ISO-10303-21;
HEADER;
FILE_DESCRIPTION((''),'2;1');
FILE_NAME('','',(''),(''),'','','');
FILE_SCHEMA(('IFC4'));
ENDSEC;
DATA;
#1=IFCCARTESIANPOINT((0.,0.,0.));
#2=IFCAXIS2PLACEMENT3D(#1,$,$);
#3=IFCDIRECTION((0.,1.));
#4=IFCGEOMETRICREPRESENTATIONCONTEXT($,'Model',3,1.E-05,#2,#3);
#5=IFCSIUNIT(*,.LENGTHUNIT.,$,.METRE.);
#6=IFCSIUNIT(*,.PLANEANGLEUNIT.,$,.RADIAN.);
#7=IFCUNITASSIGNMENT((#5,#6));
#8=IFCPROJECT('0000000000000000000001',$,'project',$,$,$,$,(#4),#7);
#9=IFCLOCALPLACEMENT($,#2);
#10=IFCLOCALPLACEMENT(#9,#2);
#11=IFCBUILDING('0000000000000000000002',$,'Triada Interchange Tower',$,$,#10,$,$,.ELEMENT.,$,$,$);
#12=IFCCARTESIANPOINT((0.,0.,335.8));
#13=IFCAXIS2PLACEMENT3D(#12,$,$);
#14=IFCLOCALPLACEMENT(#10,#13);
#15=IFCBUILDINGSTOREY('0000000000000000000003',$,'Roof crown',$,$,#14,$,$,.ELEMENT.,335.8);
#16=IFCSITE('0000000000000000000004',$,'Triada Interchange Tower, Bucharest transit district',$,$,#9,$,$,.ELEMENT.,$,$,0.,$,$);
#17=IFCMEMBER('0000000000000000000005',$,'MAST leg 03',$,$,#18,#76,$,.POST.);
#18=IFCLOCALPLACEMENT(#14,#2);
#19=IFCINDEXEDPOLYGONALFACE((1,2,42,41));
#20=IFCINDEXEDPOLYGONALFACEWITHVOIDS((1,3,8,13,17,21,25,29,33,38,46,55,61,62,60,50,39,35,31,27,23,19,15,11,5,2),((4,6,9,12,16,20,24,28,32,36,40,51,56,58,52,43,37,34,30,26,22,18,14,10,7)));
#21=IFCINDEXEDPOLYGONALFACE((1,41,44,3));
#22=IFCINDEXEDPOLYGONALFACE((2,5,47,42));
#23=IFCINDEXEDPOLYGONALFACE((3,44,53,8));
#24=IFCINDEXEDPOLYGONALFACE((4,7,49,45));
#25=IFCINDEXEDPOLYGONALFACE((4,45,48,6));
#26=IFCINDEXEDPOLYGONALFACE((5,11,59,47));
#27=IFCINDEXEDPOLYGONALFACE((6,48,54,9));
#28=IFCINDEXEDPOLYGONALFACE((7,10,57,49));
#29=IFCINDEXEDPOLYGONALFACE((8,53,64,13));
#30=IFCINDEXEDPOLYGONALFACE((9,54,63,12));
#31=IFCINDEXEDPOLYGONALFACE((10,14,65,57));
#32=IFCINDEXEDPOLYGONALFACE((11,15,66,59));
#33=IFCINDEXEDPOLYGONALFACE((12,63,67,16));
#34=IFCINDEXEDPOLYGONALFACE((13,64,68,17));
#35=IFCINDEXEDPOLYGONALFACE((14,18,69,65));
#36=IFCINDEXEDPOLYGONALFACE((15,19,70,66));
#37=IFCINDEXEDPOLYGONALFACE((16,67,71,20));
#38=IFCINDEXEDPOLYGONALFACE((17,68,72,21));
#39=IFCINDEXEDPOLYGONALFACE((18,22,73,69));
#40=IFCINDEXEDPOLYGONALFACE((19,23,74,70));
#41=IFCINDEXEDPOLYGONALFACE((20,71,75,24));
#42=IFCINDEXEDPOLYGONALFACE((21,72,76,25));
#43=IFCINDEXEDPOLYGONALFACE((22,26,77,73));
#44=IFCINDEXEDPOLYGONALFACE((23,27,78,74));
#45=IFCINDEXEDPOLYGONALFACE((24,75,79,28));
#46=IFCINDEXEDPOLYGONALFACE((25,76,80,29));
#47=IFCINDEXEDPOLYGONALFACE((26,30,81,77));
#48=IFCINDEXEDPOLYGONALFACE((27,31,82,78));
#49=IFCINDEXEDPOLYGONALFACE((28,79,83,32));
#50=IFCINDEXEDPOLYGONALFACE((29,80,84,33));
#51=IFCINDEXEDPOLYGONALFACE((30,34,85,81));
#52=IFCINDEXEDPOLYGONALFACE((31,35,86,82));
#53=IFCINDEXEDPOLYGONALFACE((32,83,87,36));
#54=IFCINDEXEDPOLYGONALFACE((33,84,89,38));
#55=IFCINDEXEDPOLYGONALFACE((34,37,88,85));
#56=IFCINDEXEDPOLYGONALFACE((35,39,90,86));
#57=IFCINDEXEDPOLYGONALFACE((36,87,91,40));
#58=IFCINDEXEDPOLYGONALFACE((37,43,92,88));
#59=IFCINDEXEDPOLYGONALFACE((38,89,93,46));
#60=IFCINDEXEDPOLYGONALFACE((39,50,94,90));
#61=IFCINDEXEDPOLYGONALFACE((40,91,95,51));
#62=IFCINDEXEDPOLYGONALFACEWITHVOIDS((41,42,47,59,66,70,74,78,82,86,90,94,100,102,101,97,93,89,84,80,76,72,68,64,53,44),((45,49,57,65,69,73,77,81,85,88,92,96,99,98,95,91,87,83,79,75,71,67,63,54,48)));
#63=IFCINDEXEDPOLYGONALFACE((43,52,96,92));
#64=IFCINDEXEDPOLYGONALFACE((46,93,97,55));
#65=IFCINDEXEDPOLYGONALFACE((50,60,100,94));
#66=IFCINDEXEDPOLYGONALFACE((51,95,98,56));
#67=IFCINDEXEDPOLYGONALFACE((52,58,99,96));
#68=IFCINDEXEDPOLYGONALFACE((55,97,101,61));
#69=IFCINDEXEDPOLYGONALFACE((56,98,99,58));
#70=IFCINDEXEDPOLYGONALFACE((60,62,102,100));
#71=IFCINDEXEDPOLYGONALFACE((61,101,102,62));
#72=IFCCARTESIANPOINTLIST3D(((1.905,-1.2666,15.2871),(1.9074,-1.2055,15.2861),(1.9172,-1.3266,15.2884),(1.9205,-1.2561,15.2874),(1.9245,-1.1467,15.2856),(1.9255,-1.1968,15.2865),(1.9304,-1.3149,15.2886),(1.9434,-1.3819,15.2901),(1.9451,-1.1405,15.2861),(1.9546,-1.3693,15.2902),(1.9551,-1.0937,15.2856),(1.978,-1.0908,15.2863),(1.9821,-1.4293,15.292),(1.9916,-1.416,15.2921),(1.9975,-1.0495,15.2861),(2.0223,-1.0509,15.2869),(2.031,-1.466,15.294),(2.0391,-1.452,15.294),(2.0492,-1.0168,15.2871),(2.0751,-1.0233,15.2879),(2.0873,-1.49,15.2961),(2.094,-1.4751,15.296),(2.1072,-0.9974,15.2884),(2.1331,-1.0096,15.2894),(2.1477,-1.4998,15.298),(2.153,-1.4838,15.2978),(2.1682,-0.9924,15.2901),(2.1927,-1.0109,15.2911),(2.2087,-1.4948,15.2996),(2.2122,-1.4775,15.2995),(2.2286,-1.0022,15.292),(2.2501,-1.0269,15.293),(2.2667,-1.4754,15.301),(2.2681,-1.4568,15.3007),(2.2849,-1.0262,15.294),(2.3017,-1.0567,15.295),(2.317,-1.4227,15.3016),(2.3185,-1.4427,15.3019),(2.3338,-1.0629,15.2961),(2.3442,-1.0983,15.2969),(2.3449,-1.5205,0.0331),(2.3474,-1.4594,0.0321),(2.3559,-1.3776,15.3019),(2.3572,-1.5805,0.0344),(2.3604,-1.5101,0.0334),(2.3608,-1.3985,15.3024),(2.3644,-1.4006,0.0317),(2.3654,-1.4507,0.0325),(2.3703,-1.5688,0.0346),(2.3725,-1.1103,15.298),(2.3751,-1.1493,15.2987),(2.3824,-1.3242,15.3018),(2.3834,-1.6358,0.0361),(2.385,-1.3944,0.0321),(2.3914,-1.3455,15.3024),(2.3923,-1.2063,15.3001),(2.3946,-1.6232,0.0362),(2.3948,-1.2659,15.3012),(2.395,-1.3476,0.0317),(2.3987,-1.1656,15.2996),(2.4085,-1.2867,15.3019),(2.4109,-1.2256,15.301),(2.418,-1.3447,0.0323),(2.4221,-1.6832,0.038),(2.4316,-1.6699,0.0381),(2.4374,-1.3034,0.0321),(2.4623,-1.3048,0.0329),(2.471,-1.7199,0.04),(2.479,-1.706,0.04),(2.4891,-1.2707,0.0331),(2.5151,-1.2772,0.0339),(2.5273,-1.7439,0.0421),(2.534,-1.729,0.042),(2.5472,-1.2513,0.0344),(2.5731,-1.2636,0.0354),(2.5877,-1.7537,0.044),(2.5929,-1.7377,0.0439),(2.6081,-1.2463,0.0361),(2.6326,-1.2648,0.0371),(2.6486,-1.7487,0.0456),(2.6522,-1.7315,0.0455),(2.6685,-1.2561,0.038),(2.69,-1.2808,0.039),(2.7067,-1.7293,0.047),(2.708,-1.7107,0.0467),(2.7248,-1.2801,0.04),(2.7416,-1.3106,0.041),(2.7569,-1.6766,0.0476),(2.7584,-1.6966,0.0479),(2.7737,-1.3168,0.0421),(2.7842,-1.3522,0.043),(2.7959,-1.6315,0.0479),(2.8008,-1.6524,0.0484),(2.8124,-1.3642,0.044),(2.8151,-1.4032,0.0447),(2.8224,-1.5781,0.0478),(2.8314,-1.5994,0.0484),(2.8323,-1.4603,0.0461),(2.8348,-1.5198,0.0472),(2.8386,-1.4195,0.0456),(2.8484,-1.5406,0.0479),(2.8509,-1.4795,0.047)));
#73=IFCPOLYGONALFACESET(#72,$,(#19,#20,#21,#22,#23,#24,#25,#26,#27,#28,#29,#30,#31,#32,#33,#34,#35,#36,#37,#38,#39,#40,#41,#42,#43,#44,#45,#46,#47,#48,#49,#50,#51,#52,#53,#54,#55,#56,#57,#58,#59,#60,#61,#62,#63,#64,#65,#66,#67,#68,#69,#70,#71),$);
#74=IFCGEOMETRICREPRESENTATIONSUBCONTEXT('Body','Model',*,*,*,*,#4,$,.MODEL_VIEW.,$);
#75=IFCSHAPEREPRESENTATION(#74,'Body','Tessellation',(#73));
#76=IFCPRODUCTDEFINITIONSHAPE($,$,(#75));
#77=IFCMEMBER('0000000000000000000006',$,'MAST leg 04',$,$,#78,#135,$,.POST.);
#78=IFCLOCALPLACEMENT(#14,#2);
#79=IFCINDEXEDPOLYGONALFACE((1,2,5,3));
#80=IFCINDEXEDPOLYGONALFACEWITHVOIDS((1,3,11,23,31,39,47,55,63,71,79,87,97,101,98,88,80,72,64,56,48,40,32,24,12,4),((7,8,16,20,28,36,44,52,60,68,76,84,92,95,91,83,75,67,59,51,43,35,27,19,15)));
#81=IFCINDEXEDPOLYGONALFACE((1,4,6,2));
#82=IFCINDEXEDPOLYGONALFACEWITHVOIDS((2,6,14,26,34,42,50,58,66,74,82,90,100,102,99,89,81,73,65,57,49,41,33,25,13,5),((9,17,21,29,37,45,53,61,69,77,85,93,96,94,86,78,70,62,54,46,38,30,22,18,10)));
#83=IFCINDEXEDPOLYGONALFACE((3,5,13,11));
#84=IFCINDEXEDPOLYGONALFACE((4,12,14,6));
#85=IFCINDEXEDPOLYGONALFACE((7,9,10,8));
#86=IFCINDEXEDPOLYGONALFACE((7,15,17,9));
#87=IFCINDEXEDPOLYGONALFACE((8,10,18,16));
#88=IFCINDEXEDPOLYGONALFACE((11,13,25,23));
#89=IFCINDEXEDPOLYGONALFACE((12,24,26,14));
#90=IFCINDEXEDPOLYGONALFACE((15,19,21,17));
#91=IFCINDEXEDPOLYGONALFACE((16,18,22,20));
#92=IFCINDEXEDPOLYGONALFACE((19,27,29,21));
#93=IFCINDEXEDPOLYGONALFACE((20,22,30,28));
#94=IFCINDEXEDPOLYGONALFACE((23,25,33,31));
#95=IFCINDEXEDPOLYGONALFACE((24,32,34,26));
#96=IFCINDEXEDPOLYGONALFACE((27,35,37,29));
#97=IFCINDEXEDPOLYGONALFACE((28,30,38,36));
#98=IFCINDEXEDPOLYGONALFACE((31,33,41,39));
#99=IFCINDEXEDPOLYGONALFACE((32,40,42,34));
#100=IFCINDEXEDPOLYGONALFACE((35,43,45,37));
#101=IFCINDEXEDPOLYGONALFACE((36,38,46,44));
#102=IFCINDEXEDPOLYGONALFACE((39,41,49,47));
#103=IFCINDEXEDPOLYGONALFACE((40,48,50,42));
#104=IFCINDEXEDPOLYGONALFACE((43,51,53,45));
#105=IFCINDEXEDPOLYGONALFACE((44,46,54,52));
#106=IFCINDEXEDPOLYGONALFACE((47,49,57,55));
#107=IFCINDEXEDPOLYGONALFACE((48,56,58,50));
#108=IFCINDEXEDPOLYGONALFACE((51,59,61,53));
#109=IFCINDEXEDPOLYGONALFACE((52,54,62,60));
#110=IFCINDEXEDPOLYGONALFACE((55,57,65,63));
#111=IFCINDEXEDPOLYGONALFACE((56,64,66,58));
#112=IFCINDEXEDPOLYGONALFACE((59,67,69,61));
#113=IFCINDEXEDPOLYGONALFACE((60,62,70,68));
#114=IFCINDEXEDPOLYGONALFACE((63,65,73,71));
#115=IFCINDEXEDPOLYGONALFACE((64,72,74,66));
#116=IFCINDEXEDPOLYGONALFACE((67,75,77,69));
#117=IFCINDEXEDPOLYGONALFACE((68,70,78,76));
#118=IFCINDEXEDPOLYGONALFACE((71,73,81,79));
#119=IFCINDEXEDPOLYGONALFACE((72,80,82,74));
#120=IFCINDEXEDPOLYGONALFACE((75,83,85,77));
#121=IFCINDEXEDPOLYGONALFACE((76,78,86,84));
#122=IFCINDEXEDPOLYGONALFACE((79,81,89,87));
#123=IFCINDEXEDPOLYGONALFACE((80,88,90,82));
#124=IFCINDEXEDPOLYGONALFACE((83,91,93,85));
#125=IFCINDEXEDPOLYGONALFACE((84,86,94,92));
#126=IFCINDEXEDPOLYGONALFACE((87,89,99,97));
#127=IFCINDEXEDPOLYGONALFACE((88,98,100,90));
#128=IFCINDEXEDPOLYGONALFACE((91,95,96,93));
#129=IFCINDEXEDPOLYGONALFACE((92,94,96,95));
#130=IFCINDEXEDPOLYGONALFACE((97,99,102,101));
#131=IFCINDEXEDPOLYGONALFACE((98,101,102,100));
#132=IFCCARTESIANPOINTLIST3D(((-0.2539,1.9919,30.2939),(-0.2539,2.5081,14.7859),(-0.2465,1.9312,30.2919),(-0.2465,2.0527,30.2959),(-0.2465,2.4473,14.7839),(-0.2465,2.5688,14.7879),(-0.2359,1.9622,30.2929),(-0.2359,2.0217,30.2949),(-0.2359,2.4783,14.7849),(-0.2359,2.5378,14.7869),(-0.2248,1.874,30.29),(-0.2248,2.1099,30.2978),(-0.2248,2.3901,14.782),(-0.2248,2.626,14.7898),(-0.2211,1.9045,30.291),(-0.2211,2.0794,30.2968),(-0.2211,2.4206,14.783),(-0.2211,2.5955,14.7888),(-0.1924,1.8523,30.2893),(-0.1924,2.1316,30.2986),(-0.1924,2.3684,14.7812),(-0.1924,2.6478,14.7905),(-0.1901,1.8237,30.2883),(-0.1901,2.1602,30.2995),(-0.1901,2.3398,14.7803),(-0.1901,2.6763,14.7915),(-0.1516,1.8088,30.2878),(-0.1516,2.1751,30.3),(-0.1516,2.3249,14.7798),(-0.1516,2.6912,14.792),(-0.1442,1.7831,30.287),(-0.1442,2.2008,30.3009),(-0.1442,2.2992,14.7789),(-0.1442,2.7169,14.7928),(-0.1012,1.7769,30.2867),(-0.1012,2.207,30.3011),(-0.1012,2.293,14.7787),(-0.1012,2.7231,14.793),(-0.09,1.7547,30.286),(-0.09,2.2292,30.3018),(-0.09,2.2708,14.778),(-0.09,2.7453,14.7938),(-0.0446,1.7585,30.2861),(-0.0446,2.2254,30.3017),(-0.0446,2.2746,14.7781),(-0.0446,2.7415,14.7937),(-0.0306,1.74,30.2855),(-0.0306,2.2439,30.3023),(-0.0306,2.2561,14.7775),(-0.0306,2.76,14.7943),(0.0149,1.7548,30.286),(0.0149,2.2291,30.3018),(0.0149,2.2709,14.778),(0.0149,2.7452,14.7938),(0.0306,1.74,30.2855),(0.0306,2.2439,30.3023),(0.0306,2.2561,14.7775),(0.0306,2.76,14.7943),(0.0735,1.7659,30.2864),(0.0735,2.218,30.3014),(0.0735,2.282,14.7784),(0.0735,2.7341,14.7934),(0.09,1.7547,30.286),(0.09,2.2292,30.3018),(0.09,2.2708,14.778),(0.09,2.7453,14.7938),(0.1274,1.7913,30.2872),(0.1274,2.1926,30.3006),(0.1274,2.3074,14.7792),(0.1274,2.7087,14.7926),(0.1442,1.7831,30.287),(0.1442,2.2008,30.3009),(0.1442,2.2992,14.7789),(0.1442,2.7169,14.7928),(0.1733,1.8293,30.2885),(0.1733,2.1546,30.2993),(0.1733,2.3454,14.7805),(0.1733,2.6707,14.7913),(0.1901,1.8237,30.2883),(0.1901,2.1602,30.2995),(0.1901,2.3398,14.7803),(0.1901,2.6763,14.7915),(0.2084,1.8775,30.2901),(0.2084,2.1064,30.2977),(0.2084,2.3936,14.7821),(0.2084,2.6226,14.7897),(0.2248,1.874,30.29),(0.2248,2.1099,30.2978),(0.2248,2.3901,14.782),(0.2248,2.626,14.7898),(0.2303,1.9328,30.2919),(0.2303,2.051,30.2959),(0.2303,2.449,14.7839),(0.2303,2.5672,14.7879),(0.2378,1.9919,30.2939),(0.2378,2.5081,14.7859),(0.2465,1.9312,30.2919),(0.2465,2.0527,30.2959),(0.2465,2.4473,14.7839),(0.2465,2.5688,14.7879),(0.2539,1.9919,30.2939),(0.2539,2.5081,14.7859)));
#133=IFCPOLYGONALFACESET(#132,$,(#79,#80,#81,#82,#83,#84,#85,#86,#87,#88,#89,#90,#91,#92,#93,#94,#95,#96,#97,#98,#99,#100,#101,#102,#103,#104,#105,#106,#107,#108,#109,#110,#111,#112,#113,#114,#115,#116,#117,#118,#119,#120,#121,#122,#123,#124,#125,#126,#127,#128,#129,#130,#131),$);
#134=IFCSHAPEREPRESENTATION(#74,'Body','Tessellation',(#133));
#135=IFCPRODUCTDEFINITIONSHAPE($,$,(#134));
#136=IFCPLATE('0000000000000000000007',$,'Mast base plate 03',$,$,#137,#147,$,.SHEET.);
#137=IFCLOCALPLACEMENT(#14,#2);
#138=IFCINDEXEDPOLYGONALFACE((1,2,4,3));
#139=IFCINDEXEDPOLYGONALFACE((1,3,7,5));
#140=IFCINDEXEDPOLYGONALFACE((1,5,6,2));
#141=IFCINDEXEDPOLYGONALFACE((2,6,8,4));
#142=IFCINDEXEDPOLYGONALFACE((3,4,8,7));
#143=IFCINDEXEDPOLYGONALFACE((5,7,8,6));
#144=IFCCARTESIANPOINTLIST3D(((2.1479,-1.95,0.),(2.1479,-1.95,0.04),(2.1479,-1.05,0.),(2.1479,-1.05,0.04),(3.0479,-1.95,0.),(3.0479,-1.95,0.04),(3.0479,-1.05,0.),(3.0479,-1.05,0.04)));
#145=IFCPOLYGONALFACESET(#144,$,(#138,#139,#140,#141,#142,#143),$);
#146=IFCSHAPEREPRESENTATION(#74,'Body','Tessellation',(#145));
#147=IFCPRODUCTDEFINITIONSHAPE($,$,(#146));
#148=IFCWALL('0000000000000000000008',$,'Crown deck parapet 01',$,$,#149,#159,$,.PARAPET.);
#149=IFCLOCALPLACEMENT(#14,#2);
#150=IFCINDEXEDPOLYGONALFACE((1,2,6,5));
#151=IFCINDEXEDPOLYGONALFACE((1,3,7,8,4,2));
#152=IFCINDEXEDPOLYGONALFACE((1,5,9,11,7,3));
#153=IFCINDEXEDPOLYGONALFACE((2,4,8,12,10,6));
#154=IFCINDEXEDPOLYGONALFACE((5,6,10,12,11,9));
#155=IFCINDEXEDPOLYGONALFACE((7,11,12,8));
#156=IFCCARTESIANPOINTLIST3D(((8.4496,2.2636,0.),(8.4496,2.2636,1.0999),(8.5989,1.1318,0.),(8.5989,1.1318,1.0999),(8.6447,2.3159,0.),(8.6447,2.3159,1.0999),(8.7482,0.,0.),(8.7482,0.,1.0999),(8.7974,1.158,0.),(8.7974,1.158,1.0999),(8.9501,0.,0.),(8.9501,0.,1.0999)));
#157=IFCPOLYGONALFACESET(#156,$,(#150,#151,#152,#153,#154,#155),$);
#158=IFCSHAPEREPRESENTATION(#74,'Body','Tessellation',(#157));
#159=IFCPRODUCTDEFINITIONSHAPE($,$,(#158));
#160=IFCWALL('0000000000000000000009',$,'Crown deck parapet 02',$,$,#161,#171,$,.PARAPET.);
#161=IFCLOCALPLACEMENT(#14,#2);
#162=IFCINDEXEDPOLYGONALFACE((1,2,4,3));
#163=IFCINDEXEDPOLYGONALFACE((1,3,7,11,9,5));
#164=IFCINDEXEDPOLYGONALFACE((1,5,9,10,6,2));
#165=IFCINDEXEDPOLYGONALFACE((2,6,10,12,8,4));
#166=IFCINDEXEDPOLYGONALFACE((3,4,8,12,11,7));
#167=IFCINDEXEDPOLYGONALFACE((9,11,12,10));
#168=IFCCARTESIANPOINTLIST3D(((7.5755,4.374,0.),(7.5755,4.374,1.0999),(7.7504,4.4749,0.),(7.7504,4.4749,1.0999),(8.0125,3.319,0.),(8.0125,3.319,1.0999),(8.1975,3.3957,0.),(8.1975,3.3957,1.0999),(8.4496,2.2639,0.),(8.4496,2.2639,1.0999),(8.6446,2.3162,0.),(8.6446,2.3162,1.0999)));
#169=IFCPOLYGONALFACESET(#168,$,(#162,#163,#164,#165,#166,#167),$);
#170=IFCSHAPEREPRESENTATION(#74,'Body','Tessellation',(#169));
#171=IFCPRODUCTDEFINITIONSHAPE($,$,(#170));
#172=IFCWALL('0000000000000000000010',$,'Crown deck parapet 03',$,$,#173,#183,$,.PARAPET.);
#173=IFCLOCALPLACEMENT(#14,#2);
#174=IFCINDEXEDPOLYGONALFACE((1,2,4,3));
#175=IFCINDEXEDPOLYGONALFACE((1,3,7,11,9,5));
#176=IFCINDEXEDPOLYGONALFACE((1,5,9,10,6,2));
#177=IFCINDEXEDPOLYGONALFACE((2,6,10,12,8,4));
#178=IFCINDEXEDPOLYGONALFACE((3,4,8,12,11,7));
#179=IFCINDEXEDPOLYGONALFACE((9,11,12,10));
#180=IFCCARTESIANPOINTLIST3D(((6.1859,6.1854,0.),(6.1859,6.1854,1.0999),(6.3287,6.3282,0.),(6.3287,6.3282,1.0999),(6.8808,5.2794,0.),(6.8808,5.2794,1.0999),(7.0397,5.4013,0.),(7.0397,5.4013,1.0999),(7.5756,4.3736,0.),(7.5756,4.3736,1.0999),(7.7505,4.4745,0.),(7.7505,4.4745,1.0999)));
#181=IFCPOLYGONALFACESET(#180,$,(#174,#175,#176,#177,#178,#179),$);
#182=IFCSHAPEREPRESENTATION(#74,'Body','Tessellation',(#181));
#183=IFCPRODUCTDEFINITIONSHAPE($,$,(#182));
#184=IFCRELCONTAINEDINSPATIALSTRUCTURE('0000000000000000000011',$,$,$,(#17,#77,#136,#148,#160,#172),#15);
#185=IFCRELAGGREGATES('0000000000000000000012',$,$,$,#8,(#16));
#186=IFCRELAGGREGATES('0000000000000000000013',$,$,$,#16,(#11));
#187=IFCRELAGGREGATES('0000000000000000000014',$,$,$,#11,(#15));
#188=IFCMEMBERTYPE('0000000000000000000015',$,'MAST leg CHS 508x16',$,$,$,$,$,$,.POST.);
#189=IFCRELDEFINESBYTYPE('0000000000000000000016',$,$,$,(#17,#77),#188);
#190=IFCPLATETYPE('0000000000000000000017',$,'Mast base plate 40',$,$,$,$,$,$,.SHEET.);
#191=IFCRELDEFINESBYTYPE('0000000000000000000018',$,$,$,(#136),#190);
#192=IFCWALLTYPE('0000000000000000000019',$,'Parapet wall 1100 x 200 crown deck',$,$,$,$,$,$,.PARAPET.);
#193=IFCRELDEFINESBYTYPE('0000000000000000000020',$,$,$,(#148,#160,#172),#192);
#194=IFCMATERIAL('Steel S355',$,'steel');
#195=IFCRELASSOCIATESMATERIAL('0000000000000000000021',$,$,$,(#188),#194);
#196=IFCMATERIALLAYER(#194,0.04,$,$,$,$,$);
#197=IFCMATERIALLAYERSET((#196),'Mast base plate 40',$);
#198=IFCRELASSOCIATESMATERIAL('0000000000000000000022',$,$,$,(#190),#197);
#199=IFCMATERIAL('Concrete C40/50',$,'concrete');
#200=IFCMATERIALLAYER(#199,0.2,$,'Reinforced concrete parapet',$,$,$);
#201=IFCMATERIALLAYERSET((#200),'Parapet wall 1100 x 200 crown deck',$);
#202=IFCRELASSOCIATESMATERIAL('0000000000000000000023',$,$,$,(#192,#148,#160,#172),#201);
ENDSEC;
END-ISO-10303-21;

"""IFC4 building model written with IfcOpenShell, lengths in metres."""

from ifc_helpers import new_model, si_unit, direction, frame, origin, origin_2d, place, context, subcontext, project, spatial, polyline, rectangle, hollow_circle, outline, extrude, material, layer, layer_set, layer_usage, material_profile, profile_set, type_object, element, save


model = new_model("IFC4")

# Units and contexts
model_context = context("Model", 3, precision=1e-05, world=origin(), true_north=direction((0.0, 1.0)))
body_context = subcontext(model_context, "Body", "Model", "MODEL_VIEW")
ifc_project = project(units=[si_unit("LENGTHUNIT", "METRE"), si_unit("PLANEANGLEUNIT", "RADIAN")], contexts=[model_context])

# Site, building, storey
site_placement = place(None, origin())
site = spatial("IfcSite", under=ifc_project, at=site_placement, Name="Triada Interchange Tower, Bucharest transit district", CompositionType="ELEMENT", RefElevation=0.0)
building_placement = place(site_placement, origin())
building = spatial("IfcBuilding", under=site, at=building_placement, Name="Triada Interchange Tower", CompositionType="ELEMENT")
storey_placement = place(building_placement, frame((0.0, 0.0, 335.8)))
storey = spatial("IfcBuildingStorey", under=building, at=storey_placement, Name="Roof crown", CompositionType="ELEMENT", Elevation=335.8)

# Members
ifc_material_1 = material(Name="Steel S355", Category="steel")
ifc_material_profile_1 = material_profile(ifc_material_1, hollow_circle(Radius=0.2539, WallThickness=0.0161, at=origin_2d()), Name="CHS 508x16")
ifc_profile_set_1 = profile_set([ifc_material_profile_1], Name="Steel S355")
member_type_1 = type_object("IfcMemberType", Name="MAST leg CHS 508x16", PredefinedType="POST", material=ifc_profile_set_1)
member_1_placement = place(storey_placement, frame((2.5979, -1.5, 0.04), z_axis=(-0.028825, 0.016636, 0.999446), x_axis=(-0.499861, -0.866106, 0.0)))
element("IfcMember", 1, at=member_1_placement, inside=storey, type_object=member_type_1, Name="MAST leg 03", PredefinedType="POST", context=body_context, shape_type="SweptSolid", body=[
    extrude(hollow_circle(Radius=0.2539, WallThickness=0.0161, at=origin_2d()), origin(), (0.0, 0.0, 1.0), 15.2625),
])
member_2_placement = place(storey_placement, frame((0.0, 2.5081, 14.7859), z_axis=(0.0, -0.033262, 0.999447), x_axis=(1.0, 0.0, 0.0)))
element("IfcMember", 2, at=member_2_placement, inside=storey, type_object=member_type_1, Name="MAST leg 04", PredefinedType="POST", context=body_context, shape_type="SweptSolid", body=[
    extrude(hollow_circle(Radius=0.2539, WallThickness=0.0161, at=origin_2d()), origin(), (0.0, 0.0, 1.0), 15.5166),
])

# Plate
ifc_layer_1 = layer(ifc_material_1, 0.04)
ifc_layer_set_1 = layer_set([ifc_layer_1], Name="Mast base plate 40")
plate_type = type_object("IfcPlateType", Name="Mast base plate 40", PredefinedType="SHEET", material=ifc_layer_set_1)
plate_placement = place(storey_placement, frame((2.5979, -1.5, 0.0), z_axis=(0.0, 0.0, 1.0), x_axis=(1.0, 0.0, 0.0)))
element("IfcPlate", 3, at=plate_placement, inside=storey, type_object=plate_type, Name="Mast base plate 03", PredefinedType="SHEET", context=body_context, shape_type="SweptSolid", body=[
    extrude(rectangle(XDim=0.8999, YDim=0.8999, at=origin_2d()), origin(), (0.0, 0.0, 1.0), 0.04),
])

# Walls
ifc_material_2 = material(Name="Concrete C40/50", Category="concrete")
ifc_layer_2 = layer(ifc_material_2, 0.2, Name="Reinforced concrete parapet")
ifc_layer_set_2 = layer_set([ifc_layer_2], Name="Parapet wall 1100 x 200 crown deck")
ifc_layer_usage_1 = layer_usage(ifc_layer_set_2, "AXIS2", "POSITIVE", -0.1001)
wall_type_1 = type_object("IfcWallType", Name="Parapet wall 1100 x 200 crown deck", PredefinedType="PARAPET", material=ifc_layer_set_2)
wall_1_placement = place(storey_placement, frame((8.8491, 0.0, 0.0), z_axis=(0.0, 0.0, 1.0), x_axis=(-0.130744, 0.991416, 0.0)))
element("IfcWall", 4, at=wall_1_placement, inside=storey, type_object=wall_type_1, material=ifc_layer_usage_1, Name="Crown deck parapet 01", PredefinedType="PARAPET", context=body_context, shape_type="SweptSolid", body=[
    extrude(outline(polyline([(-0.0132, -0.1001), (1.1548, -0.1001), (2.3228, -0.1001), (2.2964, 0.1001), (1.1548, 0.1001), (0.0132, 0.1001), (-0.0132, -0.1001)])), origin(), (0.0, 0.0, 1.0), 1.0999),
])
wall_2_placement = place(storey_placement, frame((8.5471, 2.29, 0.0), z_axis=(0.0, 0.0, 1.0), x_axis=(-0.382716, 0.923866, 0.0)))
element("IfcWall", 5, at=wall_2_placement, inside=storey, type_object=wall_type_1, material=ifc_layer_usage_1, Name="Crown deck parapet 02", PredefinedType="PARAPET", context=body_context, shape_type="SweptSolid", body=[
    extrude(outline(polyline([(-0.0132, -0.1001), (1.1553, -0.1001), (2.3235, -0.1001), (2.2971, 0.1001), (1.1553, 0.1001), (0.0132, 0.1001), (-0.0132, -0.1001)])), origin(), (0.0, 0.0, 1.0), 1.0999),
])
for number, where, z_axis, x_axis, name in (
    (6, (7.6631, 4.4241, 0.0), (0.0, 0.0, 1.0), (-0.608622, 0.79346, 0.0), "Crown deck parapet 03"),
):
    element("IfcWall", number, at=place(storey_placement, frame(where, z_axis=z_axis, x_axis=x_axis)), inside=storey, type_object=wall_type_1, material=ifc_layer_usage_1, Name=name, PredefinedType="PARAPET", context=body_context, shape_type="SweptSolid", body=[
        extrude(outline(polyline([(-0.0132, -0.1001), (1.1548, -0.1001), (2.323, -0.1001), (2.2966, 0.1001), (1.1548, 0.1001), (0.0132, 0.1001), (-0.0132, -0.1001)])), origin(), (0.0, 0.0, 1.0), 1.0999),
    ])

save(model, "model.ifc")
